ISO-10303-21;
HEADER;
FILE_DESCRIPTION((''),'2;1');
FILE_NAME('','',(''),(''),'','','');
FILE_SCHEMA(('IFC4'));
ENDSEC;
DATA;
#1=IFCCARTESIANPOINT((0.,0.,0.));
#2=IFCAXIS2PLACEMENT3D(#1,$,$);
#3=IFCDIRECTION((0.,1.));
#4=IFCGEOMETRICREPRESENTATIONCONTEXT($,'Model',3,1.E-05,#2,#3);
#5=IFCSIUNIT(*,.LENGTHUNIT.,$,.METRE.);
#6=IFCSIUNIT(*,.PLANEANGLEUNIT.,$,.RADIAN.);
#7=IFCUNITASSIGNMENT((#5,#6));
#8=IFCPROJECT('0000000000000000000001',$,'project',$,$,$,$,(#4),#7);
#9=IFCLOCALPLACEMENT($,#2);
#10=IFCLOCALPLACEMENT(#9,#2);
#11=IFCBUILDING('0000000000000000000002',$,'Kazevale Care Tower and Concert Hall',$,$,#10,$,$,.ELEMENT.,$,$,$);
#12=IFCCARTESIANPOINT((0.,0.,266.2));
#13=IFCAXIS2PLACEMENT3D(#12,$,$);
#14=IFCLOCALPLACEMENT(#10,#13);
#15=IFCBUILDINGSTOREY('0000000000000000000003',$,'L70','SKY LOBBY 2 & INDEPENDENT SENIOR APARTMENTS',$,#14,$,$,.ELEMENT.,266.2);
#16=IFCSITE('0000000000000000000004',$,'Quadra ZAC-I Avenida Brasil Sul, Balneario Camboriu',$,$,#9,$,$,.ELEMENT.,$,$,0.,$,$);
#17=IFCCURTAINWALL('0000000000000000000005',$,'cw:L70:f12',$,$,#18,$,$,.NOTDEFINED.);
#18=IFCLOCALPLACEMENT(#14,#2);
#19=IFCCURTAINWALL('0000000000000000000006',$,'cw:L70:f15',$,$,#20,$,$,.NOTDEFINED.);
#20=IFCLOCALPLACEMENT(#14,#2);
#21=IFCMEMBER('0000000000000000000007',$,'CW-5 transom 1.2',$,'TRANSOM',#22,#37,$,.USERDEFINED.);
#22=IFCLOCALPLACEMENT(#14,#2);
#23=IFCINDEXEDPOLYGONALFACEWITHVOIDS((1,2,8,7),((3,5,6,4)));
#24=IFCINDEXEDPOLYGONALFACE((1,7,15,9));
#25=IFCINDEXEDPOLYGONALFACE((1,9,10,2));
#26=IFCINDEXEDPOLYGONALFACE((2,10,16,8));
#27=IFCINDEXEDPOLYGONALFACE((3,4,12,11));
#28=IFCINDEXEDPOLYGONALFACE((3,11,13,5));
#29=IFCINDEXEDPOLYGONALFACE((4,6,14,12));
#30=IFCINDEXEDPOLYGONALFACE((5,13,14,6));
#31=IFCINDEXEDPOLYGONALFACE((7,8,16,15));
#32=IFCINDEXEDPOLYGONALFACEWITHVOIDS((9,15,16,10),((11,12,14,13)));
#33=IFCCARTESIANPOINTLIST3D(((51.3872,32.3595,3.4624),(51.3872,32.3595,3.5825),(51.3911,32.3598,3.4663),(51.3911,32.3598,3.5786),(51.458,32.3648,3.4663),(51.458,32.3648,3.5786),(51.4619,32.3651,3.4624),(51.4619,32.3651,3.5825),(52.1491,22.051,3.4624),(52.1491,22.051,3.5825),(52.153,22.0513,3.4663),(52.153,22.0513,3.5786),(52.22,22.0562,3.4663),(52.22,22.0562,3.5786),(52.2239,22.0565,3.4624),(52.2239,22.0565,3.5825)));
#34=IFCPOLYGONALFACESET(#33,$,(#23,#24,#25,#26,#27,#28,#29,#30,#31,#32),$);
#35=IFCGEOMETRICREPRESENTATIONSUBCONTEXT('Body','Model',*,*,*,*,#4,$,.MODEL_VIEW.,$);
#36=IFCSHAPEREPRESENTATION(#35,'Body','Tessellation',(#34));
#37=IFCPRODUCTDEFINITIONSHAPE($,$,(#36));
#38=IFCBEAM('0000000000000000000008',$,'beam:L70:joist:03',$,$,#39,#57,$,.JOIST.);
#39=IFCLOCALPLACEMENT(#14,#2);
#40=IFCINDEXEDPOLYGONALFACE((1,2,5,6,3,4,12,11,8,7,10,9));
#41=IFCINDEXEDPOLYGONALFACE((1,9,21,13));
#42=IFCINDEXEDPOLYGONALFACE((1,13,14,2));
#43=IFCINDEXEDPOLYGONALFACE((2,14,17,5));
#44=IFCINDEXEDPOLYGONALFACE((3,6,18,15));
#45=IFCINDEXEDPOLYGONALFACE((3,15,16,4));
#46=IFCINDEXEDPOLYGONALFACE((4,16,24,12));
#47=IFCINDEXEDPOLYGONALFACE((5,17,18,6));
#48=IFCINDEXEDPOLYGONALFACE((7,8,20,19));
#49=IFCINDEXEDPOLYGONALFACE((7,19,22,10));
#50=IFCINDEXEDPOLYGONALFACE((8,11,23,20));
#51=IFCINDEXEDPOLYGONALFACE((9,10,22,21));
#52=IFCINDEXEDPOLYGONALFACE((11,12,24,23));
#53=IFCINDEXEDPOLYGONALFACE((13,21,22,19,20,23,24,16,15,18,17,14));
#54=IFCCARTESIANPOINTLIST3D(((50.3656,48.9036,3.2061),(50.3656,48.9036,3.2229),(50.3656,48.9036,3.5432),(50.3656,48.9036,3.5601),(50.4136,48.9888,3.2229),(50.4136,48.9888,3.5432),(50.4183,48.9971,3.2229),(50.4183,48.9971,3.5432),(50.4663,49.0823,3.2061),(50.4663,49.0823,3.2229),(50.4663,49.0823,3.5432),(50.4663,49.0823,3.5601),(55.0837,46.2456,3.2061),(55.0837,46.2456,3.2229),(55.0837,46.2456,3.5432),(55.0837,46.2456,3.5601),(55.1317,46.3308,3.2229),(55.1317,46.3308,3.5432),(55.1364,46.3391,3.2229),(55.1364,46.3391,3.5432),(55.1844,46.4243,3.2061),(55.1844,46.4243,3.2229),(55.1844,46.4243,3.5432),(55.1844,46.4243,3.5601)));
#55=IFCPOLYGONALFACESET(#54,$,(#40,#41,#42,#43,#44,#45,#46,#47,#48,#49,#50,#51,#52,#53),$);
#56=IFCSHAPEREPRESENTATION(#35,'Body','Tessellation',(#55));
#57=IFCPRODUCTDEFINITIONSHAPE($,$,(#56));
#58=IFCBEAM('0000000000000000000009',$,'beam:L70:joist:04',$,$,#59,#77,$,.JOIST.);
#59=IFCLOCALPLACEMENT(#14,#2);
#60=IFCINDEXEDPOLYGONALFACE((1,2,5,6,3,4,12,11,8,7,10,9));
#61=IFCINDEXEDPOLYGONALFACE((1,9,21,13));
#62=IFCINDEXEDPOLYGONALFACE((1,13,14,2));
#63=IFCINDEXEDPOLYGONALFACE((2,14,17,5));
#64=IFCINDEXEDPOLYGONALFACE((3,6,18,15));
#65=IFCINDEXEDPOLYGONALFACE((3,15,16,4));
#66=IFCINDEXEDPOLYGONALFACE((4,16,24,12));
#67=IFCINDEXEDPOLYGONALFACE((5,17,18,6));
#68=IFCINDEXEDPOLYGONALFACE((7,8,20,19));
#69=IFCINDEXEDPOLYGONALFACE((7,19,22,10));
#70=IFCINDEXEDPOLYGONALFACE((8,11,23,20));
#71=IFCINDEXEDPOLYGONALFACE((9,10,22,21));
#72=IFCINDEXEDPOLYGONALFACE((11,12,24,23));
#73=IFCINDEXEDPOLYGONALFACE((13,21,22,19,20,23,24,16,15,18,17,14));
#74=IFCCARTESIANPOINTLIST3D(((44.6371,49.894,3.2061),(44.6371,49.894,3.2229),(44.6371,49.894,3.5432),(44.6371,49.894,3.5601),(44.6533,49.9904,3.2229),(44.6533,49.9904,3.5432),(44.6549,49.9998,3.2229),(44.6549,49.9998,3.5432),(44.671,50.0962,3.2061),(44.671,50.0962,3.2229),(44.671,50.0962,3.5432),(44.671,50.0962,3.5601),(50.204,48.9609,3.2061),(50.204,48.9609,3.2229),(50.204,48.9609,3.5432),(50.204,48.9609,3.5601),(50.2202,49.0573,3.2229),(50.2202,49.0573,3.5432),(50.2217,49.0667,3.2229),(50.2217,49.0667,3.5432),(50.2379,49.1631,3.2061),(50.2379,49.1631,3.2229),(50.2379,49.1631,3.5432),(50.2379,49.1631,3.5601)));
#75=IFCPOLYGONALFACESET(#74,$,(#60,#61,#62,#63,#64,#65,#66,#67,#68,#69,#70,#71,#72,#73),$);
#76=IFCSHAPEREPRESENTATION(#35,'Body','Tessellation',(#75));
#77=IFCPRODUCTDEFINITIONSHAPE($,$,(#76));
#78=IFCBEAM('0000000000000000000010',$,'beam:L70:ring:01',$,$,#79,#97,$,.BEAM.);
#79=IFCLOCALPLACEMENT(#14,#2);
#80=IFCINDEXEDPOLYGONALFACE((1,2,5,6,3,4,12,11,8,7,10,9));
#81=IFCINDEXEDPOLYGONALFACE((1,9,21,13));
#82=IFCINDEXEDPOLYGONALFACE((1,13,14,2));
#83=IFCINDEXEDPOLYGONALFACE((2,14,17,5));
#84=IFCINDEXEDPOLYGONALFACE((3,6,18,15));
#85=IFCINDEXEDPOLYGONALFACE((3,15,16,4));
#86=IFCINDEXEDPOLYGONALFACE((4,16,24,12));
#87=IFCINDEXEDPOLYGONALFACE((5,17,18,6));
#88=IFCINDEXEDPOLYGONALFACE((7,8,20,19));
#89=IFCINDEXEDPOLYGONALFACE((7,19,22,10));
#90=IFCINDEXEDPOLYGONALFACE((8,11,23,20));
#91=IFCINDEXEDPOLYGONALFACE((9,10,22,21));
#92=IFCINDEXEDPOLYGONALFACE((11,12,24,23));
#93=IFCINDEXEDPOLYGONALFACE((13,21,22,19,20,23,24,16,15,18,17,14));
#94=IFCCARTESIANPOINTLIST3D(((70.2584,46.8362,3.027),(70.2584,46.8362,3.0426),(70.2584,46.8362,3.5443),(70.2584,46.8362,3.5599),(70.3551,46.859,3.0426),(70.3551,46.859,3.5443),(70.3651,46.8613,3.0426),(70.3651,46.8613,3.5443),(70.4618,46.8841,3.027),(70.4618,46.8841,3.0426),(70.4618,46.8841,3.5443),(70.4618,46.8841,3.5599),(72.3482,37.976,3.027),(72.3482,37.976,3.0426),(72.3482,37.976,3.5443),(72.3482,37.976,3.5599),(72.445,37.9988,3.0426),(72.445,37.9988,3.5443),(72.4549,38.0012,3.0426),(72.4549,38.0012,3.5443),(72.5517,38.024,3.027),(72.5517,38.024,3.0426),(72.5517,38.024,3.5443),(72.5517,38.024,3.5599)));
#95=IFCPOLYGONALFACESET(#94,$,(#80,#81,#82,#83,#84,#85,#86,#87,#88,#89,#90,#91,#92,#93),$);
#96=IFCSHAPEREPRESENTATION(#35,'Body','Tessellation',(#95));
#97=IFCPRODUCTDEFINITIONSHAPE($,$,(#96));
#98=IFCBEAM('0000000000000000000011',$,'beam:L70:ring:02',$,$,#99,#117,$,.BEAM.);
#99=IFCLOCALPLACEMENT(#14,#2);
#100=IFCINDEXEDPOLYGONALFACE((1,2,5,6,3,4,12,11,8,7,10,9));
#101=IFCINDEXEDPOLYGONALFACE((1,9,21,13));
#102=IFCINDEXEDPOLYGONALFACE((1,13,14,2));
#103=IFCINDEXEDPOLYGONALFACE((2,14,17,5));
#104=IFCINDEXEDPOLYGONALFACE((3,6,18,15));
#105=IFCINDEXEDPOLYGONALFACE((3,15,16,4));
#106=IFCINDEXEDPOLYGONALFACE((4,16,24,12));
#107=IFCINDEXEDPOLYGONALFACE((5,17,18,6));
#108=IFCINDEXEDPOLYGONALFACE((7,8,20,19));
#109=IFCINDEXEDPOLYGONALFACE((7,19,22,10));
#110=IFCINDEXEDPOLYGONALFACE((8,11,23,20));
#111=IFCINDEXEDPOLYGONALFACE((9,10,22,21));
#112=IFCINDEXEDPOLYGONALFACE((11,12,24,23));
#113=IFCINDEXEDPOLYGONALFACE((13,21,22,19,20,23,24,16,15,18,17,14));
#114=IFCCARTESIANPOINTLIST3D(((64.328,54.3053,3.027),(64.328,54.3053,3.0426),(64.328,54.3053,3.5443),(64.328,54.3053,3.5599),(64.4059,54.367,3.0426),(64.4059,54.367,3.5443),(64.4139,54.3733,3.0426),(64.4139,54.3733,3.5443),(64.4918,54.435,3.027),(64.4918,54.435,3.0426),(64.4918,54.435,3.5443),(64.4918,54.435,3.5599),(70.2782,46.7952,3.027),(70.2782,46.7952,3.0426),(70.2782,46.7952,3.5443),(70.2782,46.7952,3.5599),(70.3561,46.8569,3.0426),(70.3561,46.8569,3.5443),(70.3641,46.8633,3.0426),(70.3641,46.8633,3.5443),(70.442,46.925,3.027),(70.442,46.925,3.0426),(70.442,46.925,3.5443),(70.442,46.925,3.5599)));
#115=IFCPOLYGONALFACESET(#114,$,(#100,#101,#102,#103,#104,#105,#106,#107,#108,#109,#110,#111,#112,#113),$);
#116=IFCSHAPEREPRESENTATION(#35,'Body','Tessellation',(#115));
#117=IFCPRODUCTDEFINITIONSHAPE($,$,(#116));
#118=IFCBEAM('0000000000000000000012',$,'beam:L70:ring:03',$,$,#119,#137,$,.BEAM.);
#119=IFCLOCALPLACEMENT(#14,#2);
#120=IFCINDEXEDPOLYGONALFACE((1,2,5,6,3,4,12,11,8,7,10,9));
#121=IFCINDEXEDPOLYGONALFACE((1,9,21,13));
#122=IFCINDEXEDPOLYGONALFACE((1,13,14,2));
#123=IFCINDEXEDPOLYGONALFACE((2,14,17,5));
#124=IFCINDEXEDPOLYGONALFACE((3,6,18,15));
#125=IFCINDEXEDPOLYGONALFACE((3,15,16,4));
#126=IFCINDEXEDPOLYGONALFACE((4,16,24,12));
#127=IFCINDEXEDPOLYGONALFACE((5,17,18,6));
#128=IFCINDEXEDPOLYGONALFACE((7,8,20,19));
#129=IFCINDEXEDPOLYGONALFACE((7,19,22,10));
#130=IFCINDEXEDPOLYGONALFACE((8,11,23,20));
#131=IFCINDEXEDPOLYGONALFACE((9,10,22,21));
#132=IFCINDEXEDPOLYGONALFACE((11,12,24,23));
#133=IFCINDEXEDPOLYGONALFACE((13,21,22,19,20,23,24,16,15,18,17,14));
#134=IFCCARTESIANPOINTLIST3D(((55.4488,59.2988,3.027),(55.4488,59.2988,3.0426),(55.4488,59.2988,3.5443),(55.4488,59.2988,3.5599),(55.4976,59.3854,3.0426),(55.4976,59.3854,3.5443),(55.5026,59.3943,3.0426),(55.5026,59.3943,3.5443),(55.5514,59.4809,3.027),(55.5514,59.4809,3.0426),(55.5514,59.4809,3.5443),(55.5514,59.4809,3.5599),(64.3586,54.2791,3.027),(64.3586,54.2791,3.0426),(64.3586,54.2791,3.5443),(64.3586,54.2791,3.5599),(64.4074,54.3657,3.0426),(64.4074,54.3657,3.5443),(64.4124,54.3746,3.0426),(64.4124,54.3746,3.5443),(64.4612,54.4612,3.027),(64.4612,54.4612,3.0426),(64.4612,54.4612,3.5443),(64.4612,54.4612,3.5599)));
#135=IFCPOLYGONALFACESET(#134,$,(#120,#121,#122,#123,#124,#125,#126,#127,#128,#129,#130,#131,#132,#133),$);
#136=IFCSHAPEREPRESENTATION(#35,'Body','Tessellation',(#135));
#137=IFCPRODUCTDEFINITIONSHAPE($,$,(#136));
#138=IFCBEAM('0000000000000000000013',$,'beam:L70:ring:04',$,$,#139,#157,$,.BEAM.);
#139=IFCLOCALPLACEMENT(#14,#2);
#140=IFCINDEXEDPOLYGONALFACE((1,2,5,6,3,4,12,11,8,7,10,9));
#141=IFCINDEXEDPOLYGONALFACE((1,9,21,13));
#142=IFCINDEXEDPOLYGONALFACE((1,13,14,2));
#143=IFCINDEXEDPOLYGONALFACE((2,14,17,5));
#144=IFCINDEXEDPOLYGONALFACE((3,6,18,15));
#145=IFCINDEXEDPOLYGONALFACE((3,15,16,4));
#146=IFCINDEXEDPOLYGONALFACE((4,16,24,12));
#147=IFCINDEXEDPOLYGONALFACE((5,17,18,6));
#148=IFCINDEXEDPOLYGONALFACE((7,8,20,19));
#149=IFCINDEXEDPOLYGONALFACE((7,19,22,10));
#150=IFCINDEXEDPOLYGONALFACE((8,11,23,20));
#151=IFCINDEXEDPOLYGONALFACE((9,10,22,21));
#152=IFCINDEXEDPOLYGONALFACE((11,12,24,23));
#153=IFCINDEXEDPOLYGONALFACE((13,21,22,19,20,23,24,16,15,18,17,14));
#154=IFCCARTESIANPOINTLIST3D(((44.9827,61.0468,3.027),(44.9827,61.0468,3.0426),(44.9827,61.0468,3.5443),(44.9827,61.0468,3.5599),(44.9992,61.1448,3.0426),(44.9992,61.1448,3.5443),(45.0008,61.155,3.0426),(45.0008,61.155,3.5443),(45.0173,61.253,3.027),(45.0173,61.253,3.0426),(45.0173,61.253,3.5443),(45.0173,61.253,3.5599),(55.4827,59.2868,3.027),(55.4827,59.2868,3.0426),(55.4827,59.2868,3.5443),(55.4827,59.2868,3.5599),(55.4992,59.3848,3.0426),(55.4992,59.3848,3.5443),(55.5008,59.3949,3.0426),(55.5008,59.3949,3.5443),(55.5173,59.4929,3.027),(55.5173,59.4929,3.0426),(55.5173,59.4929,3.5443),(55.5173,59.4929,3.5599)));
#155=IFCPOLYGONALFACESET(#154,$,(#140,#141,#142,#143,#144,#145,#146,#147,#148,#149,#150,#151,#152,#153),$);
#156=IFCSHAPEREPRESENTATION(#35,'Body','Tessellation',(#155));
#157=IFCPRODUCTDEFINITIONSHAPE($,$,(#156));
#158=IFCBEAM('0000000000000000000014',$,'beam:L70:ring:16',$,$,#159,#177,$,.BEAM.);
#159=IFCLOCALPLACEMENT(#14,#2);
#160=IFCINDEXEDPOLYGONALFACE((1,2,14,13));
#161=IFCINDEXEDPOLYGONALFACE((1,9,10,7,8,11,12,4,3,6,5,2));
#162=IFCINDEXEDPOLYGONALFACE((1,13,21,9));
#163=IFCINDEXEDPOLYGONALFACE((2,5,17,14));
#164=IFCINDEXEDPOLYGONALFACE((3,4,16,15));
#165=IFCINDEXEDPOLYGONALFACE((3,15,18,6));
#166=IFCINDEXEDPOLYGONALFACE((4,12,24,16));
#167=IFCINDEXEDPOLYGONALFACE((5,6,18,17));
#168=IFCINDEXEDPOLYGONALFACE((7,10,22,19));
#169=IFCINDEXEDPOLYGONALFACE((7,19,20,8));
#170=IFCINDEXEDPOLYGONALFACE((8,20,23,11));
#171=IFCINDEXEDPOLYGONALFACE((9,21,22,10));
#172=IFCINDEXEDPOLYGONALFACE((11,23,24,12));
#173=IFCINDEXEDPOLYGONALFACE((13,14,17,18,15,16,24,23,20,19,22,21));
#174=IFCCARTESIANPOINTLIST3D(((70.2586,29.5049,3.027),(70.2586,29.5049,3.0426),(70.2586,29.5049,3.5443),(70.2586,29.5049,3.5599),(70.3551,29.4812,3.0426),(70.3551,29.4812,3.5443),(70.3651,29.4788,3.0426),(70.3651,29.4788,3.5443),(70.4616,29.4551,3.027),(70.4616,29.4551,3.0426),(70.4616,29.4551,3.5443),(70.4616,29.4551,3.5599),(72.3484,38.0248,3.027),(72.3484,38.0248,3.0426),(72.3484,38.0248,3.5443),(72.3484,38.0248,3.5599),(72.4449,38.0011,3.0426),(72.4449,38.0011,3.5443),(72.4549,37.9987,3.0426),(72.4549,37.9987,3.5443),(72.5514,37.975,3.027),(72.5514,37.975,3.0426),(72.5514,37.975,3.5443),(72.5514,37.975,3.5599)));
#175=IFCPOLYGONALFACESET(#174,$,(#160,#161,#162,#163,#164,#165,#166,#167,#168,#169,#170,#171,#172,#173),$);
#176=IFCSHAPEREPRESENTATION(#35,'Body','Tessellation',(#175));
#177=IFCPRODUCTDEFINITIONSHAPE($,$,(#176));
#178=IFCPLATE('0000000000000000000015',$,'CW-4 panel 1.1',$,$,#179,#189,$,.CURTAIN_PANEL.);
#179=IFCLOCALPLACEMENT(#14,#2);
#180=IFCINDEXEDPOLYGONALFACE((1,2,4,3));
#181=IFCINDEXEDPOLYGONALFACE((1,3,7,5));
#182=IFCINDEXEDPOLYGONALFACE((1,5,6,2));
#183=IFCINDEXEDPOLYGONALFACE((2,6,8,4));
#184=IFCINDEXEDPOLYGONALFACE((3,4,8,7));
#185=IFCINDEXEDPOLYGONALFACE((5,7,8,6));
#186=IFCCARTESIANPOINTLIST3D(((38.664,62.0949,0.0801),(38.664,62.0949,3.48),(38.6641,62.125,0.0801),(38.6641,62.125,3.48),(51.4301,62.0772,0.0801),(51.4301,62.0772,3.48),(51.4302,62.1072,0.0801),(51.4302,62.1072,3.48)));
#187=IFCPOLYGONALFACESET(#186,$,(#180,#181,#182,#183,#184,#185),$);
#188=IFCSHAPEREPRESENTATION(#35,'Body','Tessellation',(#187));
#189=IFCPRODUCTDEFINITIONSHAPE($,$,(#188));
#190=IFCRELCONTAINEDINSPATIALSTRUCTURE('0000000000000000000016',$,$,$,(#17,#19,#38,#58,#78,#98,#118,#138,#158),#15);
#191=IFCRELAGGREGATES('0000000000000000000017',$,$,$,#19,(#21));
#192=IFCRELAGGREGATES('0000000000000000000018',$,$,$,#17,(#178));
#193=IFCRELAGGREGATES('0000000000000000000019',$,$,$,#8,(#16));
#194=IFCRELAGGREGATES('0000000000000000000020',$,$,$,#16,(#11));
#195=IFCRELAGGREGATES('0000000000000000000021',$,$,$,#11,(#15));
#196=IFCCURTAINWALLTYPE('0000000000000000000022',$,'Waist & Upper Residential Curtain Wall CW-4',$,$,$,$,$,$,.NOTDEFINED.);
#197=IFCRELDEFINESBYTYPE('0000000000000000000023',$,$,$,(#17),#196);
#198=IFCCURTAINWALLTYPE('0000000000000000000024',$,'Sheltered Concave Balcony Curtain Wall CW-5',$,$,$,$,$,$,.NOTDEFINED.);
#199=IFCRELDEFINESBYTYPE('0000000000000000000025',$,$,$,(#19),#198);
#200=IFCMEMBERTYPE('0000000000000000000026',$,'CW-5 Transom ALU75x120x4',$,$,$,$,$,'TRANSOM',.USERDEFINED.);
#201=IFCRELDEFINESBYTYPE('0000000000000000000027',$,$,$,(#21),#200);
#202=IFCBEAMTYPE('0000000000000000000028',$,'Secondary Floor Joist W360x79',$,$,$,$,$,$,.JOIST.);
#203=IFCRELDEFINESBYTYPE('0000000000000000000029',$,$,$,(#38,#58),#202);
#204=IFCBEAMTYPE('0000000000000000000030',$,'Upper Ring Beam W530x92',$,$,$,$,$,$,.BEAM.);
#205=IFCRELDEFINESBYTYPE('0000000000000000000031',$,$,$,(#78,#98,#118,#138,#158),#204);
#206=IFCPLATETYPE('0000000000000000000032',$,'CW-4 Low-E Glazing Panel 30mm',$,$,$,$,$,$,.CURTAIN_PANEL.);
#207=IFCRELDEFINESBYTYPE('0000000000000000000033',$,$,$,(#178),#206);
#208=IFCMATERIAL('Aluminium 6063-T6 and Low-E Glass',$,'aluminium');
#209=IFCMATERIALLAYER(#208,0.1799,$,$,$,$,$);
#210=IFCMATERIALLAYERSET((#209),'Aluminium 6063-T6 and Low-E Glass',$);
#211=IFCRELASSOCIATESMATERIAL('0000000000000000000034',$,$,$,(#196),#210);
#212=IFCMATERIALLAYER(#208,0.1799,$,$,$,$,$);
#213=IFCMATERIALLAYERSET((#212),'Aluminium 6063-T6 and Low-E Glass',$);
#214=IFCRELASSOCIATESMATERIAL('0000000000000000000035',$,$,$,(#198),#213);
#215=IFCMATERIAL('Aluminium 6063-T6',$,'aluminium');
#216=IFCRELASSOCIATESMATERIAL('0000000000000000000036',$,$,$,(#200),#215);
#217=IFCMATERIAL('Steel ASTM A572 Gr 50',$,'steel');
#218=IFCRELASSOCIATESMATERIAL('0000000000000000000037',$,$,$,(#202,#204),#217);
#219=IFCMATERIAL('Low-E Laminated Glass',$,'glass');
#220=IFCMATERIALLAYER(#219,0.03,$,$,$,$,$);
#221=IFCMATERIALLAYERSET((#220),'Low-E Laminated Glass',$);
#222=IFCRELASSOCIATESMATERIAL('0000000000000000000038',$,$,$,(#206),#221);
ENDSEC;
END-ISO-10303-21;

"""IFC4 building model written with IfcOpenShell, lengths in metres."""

from ifc_helpers import new_model, si_unit, direction, frame, origin, origin_2d, place, context, subcontext, project, spatial, rectangle, hollow_rectangle, i_section, extrude, material, layer, layer_set, material_profile, profile_set, type_object, element, aggregate, save


model = new_model("IFC4")

# Units and contexts
model_context = context("Model", 3, precision=1e-05, world=origin(), true_north=direction((0.0, 1.0)))
body_context = subcontext(model_context, "Body", "Model", "MODEL_VIEW")
ifc_project = project(units=[si_unit("LENGTHUNIT", "METRE"), si_unit("PLANEANGLEUNIT", "RADIAN")], contexts=[model_context])

# Site, building, storey
site_placement = place(None, origin())
site = spatial("IfcSite", under=ifc_project, at=site_placement, Name="Quadra ZAC-I Avenida Brasil Sul, Balneario Camboriu", CompositionType="ELEMENT", RefElevation=0.0)
building_placement = place(site_placement, origin())
building = spatial("IfcBuilding", under=site, at=building_placement, Name="Kazevale Care Tower and Concert Hall", CompositionType="ELEMENT")
storey_placement = place(building_placement, frame((0.0, 0.0, 266.2)))
storey = spatial("IfcBuildingStorey", under=building, at=storey_placement, Name="L70", Description="SKY LOBBY 2 & INDEPENDENT SENIOR APARTMENTS", CompositionType="ELEMENT", Elevation=266.2)

# Curtain wall
ifc_material_1 = material(Name="Aluminium 6063-T6 and Low-E Glass", Category="aluminium")
ifc_layer_1 = layer(ifc_material_1, 0.1799)
ifc_layer_set_1 = layer_set([ifc_layer_1], Name="Aluminium 6063-T6 and Low-E Glass")
curtain_wall_type_1 = type_object("IfcCurtainWallType", Name="Waist & Upper Residential Curtain Wall CW-4", PredefinedType="NOTDEFINED", material=ifc_layer_set_1)
curtain_wall_1_placement = place(storey_placement, origin())
curtain_wall_1 = element("IfcCurtainWall", 1, at=curtain_wall_1_placement, inside=storey, type_object=curtain_wall_type_1, Name="cw:L70:f12", PredefinedType="NOTDEFINED")
ifc_material_2 = material(Name="Aluminium 6063-T6", Category="aluminium")

# Curtain wall, member
ifc_layer_2 = layer(ifc_material_1, 0.1799)
ifc_layer_set_2 = layer_set([ifc_layer_2], Name="Aluminium 6063-T6 and Low-E Glass")
curtain_wall_type_2 = type_object("IfcCurtainWallType", Name="Sheltered Concave Balcony Curtain Wall CW-5", PredefinedType="NOTDEFINED", material=ifc_layer_set_2)
curtain_wall_2_placement = place(storey_placement, origin())
curtain_wall_2 = element("IfcCurtainWall", 2, at=curtain_wall_2_placement, inside=storey, type_object=curtain_wall_type_2, Name="cw:L70:f15", PredefinedType="NOTDEFINED")
ifc_material_profile_1 = material_profile(ifc_material_2, hollow_rectangle(XDim=0.075, YDim=0.1201, WallThickness=0.0039, at=origin_2d()), Name="ALU75x120x4")
ifc_profile_set_1 = profile_set([ifc_material_profile_1], Name="Aluminium 6063-T6")
member_type_1 = type_object("IfcMemberType", Name="CW-5 Transom ALU75x120x4", ElementType="TRANSOM", PredefinedType="USERDEFINED", material=ifc_profile_set_1)
member_1_placement = place(storey_placement, frame((51.4246, 32.3623, 3.5225), z_axis=(0.073714, -0.997279, 0.0), x_axis=(0.997279, 0.073714, 0.0)))
member_1 = element("IfcMember", 3, at=member_1_placement, type_object=member_type_1, Name="CW-5 transom 1.2", ObjectType="TRANSOM", PredefinedType="USERDEFINED", context=body_context, shape_type="SweptSolid", body=[
    extrude(hollow_rectangle(XDim=0.075, YDim=0.1201, WallThickness=0.0039, at=origin_2d()), origin(), (0.0, 0.0, 1.0), 10.3367),
])
aggregate(curtain_wall_2, [member_1])

# Beams
ifc_material_3 = material(Name="Steel ASTM A572 Gr 50", Category="steel")
ifc_material_profile_2 = material_profile(ifc_material_3, i_section(OverallWidth=0.2051, OverallDepth=0.354, WebThickness=0.0095, FlangeThickness=0.0168, at=origin_2d()), Name="W360x79")
ifc_profile_set_2 = profile_set([ifc_material_profile_2], Name="Steel ASTM A572 Gr 50")
beam_type_1 = type_object("IfcBeamType", Name="Secondary Floor Joist W360x79", PredefinedType="JOIST", material=ifc_profile_set_2)
beam_1_placement = place(storey_placement, frame((55.134, 46.335, 3.3831), z_axis=(-0.871254, 0.490833, 0.0), x_axis=(-0.490833, -0.871254, 0.0)))
element("IfcBeam", 4, at=beam_1_placement, inside=storey, type_object=beam_type_1, Name="beam:L70:joist:03", PredefinedType="JOIST", context=body_context, shape_type="SweptSolid", body=[
    extrude(i_section(OverallWidth=0.2051, OverallDepth=0.354, WebThickness=0.0095, FlangeThickness=0.0168, at=origin_2d()), origin(), (0.0, 0.0, 1.0), 5.4153),
])
beam_2_placement = place(storey_placement, frame((50.2209, 49.062, 3.3831), z_axis=(-0.986242, 0.165311, 0.0), x_axis=(-0.165311, -0.986242, 0.0)))
element("IfcBeam", 5, at=beam_2_placement, inside=storey, type_object=beam_type_1, Name="beam:L70:joist:04", PredefinedType="JOIST", context=body_context, shape_type="SweptSolid", body=[
    extrude(i_section(OverallWidth=0.2051, OverallDepth=0.354, WebThickness=0.0095, FlangeThickness=0.0168, at=origin_2d()), origin(), (0.0, 0.0, 1.0), 5.6445),
])
ifc_material_profile_3 = material_profile(ifc_material_3, i_section(OverallWidth=0.209, OverallDepth=0.533, WebThickness=0.0103, FlangeThickness=0.0156, at=origin_2d()), Name="W530x92")
ifc_profile_set_3 = profile_set([ifc_material_profile_3], Name="Steel ASTM A572 Gr 50")
beam_type_2 = type_object("IfcBeamType", Name="Upper Ring Beam W530x92", PredefinedType="BEAM", material=ifc_profile_set_3)
beam_3_placement = place(storey_placement, frame((72.45, 38.0, 3.2935), z_axis=(-0.229571, 0.973292, 0.0), x_axis=(-0.973292, -0.229571, 0.0)))
element("IfcBeam", 6, at=beam_3_placement, inside=storey, type_object=beam_type_2, Name="beam:L70:ring:01", PredefinedType="BEAM", context=body_context, shape_type="SweptSolid", body=[
    extrude(i_section(OverallWidth=0.209, OverallDepth=0.533, WebThickness=0.0103, FlangeThickness=0.0156, at=origin_2d()), origin(), (0.0, 0.0, 1.0), 9.1033),
])
beam_4_placement = place(storey_placement, frame((70.3601, 46.8601, 3.2935), z_axis=(-0.621009, 0.783803, 0.0), x_axis=(-0.783803, -0.621009, 0.0)))
element("IfcBeam", 7, at=beam_4_placement, inside=storey, type_object=beam_type_2, Name="beam:L70:ring:02", PredefinedType="BEAM", context=body_context, shape_type="SweptSolid", body=[
    extrude(i_section(OverallWidth=0.209, OverallDepth=0.533, WebThickness=0.0103, FlangeThickness=0.0156, at=origin_2d()), origin(), (0.0, 0.0, 1.0), 9.5815),
])
beam_5_placement = place(storey_placement, frame((64.4099, 54.3701, 3.2935), z_axis=(-0.871243, 0.490852, 0.0), x_axis=(-0.490852, -0.871243, 0.0)))
element("IfcBeam", 8, at=beam_5_placement, inside=storey, type_object=beam_type_2, Name="beam:L70:ring:03", PredefinedType="BEAM", context=body_context, shape_type="SweptSolid", body=[
    extrude(i_section(OverallWidth=0.209, OverallDepth=0.533, WebThickness=0.0103, FlangeThickness=0.0156, at=origin_2d()), origin(), (0.0, 0.0, 1.0), 10.2266),
])
beam_6_placement = place(storey_placement, frame((55.5, 59.3899, 3.2935), z_axis=(-0.986241, 0.165314, 0.0), x_axis=(-0.165314, -0.986241, 0.0)))
element("IfcBeam", 9, at=beam_6_placement, inside=storey, type_object=beam_type_2, Name="beam:L70:ring:04", PredefinedType="BEAM", context=body_context, shape_type="SweptSolid", body=[
    extrude(i_section(OverallWidth=0.209, OverallDepth=0.533, WebThickness=0.0103, FlangeThickness=0.0156, at=origin_2d()), origin(), (0.0, 0.0, 1.0), 10.6465),
])
beam_7_placement = place(storey_placement, frame((70.3601, 29.48, 3.2935), z_axis=(0.238224, 0.97121, 0.0), x_axis=(-0.97121, 0.238224, 0.0)))
element("IfcBeam", 10, at=beam_7_placement, inside=storey, type_object=beam_type_2, Name="beam:L70:ring:16", PredefinedType="BEAM", context=body_context, shape_type="SweptSolid", body=[
    extrude(i_section(OverallWidth=0.209, OverallDepth=0.533, WebThickness=0.0103, FlangeThickness=0.0156, at=origin_2d()), origin(), (0.0, 0.0, 1.0), 8.7725),
])

# Plate
ifc_material_4 = material(Name="Low-E Laminated Glass", Category="glass")
ifc_layer_3 = layer(ifc_material_4, 0.03)
ifc_layer_set_3 = layer_set([ifc_layer_3], Name="Low-E Laminated Glass")
plate_type = type_object("IfcPlateType", Name="CW-4 Low-E Glazing Panel 30mm", PredefinedType="CURTAIN_PANEL", material=ifc_layer_set_3)
plate_1_placement = place(storey_placement, frame((45.0471, 62.1011, 0.0801), z_axis=(0.0, 0.0, 1.0), x_axis=(0.999999, -0.001393, 0.0)))
plate_1 = element("IfcPlate", 11, at=plate_1_placement, type_object=plate_type, Name="CW-4 panel 1.1", PredefinedType="CURTAIN_PANEL", context=body_context, shape_type="SweptSolid", body=[
    extrude(rectangle(XDim=12.7661, YDim=0.03, at=origin_2d()), origin(), (0.0, 0.0, 1.0), 3.3999),
])
aggregate(curtain_wall_1, [plate_1])

save(model, "model.ifc")
